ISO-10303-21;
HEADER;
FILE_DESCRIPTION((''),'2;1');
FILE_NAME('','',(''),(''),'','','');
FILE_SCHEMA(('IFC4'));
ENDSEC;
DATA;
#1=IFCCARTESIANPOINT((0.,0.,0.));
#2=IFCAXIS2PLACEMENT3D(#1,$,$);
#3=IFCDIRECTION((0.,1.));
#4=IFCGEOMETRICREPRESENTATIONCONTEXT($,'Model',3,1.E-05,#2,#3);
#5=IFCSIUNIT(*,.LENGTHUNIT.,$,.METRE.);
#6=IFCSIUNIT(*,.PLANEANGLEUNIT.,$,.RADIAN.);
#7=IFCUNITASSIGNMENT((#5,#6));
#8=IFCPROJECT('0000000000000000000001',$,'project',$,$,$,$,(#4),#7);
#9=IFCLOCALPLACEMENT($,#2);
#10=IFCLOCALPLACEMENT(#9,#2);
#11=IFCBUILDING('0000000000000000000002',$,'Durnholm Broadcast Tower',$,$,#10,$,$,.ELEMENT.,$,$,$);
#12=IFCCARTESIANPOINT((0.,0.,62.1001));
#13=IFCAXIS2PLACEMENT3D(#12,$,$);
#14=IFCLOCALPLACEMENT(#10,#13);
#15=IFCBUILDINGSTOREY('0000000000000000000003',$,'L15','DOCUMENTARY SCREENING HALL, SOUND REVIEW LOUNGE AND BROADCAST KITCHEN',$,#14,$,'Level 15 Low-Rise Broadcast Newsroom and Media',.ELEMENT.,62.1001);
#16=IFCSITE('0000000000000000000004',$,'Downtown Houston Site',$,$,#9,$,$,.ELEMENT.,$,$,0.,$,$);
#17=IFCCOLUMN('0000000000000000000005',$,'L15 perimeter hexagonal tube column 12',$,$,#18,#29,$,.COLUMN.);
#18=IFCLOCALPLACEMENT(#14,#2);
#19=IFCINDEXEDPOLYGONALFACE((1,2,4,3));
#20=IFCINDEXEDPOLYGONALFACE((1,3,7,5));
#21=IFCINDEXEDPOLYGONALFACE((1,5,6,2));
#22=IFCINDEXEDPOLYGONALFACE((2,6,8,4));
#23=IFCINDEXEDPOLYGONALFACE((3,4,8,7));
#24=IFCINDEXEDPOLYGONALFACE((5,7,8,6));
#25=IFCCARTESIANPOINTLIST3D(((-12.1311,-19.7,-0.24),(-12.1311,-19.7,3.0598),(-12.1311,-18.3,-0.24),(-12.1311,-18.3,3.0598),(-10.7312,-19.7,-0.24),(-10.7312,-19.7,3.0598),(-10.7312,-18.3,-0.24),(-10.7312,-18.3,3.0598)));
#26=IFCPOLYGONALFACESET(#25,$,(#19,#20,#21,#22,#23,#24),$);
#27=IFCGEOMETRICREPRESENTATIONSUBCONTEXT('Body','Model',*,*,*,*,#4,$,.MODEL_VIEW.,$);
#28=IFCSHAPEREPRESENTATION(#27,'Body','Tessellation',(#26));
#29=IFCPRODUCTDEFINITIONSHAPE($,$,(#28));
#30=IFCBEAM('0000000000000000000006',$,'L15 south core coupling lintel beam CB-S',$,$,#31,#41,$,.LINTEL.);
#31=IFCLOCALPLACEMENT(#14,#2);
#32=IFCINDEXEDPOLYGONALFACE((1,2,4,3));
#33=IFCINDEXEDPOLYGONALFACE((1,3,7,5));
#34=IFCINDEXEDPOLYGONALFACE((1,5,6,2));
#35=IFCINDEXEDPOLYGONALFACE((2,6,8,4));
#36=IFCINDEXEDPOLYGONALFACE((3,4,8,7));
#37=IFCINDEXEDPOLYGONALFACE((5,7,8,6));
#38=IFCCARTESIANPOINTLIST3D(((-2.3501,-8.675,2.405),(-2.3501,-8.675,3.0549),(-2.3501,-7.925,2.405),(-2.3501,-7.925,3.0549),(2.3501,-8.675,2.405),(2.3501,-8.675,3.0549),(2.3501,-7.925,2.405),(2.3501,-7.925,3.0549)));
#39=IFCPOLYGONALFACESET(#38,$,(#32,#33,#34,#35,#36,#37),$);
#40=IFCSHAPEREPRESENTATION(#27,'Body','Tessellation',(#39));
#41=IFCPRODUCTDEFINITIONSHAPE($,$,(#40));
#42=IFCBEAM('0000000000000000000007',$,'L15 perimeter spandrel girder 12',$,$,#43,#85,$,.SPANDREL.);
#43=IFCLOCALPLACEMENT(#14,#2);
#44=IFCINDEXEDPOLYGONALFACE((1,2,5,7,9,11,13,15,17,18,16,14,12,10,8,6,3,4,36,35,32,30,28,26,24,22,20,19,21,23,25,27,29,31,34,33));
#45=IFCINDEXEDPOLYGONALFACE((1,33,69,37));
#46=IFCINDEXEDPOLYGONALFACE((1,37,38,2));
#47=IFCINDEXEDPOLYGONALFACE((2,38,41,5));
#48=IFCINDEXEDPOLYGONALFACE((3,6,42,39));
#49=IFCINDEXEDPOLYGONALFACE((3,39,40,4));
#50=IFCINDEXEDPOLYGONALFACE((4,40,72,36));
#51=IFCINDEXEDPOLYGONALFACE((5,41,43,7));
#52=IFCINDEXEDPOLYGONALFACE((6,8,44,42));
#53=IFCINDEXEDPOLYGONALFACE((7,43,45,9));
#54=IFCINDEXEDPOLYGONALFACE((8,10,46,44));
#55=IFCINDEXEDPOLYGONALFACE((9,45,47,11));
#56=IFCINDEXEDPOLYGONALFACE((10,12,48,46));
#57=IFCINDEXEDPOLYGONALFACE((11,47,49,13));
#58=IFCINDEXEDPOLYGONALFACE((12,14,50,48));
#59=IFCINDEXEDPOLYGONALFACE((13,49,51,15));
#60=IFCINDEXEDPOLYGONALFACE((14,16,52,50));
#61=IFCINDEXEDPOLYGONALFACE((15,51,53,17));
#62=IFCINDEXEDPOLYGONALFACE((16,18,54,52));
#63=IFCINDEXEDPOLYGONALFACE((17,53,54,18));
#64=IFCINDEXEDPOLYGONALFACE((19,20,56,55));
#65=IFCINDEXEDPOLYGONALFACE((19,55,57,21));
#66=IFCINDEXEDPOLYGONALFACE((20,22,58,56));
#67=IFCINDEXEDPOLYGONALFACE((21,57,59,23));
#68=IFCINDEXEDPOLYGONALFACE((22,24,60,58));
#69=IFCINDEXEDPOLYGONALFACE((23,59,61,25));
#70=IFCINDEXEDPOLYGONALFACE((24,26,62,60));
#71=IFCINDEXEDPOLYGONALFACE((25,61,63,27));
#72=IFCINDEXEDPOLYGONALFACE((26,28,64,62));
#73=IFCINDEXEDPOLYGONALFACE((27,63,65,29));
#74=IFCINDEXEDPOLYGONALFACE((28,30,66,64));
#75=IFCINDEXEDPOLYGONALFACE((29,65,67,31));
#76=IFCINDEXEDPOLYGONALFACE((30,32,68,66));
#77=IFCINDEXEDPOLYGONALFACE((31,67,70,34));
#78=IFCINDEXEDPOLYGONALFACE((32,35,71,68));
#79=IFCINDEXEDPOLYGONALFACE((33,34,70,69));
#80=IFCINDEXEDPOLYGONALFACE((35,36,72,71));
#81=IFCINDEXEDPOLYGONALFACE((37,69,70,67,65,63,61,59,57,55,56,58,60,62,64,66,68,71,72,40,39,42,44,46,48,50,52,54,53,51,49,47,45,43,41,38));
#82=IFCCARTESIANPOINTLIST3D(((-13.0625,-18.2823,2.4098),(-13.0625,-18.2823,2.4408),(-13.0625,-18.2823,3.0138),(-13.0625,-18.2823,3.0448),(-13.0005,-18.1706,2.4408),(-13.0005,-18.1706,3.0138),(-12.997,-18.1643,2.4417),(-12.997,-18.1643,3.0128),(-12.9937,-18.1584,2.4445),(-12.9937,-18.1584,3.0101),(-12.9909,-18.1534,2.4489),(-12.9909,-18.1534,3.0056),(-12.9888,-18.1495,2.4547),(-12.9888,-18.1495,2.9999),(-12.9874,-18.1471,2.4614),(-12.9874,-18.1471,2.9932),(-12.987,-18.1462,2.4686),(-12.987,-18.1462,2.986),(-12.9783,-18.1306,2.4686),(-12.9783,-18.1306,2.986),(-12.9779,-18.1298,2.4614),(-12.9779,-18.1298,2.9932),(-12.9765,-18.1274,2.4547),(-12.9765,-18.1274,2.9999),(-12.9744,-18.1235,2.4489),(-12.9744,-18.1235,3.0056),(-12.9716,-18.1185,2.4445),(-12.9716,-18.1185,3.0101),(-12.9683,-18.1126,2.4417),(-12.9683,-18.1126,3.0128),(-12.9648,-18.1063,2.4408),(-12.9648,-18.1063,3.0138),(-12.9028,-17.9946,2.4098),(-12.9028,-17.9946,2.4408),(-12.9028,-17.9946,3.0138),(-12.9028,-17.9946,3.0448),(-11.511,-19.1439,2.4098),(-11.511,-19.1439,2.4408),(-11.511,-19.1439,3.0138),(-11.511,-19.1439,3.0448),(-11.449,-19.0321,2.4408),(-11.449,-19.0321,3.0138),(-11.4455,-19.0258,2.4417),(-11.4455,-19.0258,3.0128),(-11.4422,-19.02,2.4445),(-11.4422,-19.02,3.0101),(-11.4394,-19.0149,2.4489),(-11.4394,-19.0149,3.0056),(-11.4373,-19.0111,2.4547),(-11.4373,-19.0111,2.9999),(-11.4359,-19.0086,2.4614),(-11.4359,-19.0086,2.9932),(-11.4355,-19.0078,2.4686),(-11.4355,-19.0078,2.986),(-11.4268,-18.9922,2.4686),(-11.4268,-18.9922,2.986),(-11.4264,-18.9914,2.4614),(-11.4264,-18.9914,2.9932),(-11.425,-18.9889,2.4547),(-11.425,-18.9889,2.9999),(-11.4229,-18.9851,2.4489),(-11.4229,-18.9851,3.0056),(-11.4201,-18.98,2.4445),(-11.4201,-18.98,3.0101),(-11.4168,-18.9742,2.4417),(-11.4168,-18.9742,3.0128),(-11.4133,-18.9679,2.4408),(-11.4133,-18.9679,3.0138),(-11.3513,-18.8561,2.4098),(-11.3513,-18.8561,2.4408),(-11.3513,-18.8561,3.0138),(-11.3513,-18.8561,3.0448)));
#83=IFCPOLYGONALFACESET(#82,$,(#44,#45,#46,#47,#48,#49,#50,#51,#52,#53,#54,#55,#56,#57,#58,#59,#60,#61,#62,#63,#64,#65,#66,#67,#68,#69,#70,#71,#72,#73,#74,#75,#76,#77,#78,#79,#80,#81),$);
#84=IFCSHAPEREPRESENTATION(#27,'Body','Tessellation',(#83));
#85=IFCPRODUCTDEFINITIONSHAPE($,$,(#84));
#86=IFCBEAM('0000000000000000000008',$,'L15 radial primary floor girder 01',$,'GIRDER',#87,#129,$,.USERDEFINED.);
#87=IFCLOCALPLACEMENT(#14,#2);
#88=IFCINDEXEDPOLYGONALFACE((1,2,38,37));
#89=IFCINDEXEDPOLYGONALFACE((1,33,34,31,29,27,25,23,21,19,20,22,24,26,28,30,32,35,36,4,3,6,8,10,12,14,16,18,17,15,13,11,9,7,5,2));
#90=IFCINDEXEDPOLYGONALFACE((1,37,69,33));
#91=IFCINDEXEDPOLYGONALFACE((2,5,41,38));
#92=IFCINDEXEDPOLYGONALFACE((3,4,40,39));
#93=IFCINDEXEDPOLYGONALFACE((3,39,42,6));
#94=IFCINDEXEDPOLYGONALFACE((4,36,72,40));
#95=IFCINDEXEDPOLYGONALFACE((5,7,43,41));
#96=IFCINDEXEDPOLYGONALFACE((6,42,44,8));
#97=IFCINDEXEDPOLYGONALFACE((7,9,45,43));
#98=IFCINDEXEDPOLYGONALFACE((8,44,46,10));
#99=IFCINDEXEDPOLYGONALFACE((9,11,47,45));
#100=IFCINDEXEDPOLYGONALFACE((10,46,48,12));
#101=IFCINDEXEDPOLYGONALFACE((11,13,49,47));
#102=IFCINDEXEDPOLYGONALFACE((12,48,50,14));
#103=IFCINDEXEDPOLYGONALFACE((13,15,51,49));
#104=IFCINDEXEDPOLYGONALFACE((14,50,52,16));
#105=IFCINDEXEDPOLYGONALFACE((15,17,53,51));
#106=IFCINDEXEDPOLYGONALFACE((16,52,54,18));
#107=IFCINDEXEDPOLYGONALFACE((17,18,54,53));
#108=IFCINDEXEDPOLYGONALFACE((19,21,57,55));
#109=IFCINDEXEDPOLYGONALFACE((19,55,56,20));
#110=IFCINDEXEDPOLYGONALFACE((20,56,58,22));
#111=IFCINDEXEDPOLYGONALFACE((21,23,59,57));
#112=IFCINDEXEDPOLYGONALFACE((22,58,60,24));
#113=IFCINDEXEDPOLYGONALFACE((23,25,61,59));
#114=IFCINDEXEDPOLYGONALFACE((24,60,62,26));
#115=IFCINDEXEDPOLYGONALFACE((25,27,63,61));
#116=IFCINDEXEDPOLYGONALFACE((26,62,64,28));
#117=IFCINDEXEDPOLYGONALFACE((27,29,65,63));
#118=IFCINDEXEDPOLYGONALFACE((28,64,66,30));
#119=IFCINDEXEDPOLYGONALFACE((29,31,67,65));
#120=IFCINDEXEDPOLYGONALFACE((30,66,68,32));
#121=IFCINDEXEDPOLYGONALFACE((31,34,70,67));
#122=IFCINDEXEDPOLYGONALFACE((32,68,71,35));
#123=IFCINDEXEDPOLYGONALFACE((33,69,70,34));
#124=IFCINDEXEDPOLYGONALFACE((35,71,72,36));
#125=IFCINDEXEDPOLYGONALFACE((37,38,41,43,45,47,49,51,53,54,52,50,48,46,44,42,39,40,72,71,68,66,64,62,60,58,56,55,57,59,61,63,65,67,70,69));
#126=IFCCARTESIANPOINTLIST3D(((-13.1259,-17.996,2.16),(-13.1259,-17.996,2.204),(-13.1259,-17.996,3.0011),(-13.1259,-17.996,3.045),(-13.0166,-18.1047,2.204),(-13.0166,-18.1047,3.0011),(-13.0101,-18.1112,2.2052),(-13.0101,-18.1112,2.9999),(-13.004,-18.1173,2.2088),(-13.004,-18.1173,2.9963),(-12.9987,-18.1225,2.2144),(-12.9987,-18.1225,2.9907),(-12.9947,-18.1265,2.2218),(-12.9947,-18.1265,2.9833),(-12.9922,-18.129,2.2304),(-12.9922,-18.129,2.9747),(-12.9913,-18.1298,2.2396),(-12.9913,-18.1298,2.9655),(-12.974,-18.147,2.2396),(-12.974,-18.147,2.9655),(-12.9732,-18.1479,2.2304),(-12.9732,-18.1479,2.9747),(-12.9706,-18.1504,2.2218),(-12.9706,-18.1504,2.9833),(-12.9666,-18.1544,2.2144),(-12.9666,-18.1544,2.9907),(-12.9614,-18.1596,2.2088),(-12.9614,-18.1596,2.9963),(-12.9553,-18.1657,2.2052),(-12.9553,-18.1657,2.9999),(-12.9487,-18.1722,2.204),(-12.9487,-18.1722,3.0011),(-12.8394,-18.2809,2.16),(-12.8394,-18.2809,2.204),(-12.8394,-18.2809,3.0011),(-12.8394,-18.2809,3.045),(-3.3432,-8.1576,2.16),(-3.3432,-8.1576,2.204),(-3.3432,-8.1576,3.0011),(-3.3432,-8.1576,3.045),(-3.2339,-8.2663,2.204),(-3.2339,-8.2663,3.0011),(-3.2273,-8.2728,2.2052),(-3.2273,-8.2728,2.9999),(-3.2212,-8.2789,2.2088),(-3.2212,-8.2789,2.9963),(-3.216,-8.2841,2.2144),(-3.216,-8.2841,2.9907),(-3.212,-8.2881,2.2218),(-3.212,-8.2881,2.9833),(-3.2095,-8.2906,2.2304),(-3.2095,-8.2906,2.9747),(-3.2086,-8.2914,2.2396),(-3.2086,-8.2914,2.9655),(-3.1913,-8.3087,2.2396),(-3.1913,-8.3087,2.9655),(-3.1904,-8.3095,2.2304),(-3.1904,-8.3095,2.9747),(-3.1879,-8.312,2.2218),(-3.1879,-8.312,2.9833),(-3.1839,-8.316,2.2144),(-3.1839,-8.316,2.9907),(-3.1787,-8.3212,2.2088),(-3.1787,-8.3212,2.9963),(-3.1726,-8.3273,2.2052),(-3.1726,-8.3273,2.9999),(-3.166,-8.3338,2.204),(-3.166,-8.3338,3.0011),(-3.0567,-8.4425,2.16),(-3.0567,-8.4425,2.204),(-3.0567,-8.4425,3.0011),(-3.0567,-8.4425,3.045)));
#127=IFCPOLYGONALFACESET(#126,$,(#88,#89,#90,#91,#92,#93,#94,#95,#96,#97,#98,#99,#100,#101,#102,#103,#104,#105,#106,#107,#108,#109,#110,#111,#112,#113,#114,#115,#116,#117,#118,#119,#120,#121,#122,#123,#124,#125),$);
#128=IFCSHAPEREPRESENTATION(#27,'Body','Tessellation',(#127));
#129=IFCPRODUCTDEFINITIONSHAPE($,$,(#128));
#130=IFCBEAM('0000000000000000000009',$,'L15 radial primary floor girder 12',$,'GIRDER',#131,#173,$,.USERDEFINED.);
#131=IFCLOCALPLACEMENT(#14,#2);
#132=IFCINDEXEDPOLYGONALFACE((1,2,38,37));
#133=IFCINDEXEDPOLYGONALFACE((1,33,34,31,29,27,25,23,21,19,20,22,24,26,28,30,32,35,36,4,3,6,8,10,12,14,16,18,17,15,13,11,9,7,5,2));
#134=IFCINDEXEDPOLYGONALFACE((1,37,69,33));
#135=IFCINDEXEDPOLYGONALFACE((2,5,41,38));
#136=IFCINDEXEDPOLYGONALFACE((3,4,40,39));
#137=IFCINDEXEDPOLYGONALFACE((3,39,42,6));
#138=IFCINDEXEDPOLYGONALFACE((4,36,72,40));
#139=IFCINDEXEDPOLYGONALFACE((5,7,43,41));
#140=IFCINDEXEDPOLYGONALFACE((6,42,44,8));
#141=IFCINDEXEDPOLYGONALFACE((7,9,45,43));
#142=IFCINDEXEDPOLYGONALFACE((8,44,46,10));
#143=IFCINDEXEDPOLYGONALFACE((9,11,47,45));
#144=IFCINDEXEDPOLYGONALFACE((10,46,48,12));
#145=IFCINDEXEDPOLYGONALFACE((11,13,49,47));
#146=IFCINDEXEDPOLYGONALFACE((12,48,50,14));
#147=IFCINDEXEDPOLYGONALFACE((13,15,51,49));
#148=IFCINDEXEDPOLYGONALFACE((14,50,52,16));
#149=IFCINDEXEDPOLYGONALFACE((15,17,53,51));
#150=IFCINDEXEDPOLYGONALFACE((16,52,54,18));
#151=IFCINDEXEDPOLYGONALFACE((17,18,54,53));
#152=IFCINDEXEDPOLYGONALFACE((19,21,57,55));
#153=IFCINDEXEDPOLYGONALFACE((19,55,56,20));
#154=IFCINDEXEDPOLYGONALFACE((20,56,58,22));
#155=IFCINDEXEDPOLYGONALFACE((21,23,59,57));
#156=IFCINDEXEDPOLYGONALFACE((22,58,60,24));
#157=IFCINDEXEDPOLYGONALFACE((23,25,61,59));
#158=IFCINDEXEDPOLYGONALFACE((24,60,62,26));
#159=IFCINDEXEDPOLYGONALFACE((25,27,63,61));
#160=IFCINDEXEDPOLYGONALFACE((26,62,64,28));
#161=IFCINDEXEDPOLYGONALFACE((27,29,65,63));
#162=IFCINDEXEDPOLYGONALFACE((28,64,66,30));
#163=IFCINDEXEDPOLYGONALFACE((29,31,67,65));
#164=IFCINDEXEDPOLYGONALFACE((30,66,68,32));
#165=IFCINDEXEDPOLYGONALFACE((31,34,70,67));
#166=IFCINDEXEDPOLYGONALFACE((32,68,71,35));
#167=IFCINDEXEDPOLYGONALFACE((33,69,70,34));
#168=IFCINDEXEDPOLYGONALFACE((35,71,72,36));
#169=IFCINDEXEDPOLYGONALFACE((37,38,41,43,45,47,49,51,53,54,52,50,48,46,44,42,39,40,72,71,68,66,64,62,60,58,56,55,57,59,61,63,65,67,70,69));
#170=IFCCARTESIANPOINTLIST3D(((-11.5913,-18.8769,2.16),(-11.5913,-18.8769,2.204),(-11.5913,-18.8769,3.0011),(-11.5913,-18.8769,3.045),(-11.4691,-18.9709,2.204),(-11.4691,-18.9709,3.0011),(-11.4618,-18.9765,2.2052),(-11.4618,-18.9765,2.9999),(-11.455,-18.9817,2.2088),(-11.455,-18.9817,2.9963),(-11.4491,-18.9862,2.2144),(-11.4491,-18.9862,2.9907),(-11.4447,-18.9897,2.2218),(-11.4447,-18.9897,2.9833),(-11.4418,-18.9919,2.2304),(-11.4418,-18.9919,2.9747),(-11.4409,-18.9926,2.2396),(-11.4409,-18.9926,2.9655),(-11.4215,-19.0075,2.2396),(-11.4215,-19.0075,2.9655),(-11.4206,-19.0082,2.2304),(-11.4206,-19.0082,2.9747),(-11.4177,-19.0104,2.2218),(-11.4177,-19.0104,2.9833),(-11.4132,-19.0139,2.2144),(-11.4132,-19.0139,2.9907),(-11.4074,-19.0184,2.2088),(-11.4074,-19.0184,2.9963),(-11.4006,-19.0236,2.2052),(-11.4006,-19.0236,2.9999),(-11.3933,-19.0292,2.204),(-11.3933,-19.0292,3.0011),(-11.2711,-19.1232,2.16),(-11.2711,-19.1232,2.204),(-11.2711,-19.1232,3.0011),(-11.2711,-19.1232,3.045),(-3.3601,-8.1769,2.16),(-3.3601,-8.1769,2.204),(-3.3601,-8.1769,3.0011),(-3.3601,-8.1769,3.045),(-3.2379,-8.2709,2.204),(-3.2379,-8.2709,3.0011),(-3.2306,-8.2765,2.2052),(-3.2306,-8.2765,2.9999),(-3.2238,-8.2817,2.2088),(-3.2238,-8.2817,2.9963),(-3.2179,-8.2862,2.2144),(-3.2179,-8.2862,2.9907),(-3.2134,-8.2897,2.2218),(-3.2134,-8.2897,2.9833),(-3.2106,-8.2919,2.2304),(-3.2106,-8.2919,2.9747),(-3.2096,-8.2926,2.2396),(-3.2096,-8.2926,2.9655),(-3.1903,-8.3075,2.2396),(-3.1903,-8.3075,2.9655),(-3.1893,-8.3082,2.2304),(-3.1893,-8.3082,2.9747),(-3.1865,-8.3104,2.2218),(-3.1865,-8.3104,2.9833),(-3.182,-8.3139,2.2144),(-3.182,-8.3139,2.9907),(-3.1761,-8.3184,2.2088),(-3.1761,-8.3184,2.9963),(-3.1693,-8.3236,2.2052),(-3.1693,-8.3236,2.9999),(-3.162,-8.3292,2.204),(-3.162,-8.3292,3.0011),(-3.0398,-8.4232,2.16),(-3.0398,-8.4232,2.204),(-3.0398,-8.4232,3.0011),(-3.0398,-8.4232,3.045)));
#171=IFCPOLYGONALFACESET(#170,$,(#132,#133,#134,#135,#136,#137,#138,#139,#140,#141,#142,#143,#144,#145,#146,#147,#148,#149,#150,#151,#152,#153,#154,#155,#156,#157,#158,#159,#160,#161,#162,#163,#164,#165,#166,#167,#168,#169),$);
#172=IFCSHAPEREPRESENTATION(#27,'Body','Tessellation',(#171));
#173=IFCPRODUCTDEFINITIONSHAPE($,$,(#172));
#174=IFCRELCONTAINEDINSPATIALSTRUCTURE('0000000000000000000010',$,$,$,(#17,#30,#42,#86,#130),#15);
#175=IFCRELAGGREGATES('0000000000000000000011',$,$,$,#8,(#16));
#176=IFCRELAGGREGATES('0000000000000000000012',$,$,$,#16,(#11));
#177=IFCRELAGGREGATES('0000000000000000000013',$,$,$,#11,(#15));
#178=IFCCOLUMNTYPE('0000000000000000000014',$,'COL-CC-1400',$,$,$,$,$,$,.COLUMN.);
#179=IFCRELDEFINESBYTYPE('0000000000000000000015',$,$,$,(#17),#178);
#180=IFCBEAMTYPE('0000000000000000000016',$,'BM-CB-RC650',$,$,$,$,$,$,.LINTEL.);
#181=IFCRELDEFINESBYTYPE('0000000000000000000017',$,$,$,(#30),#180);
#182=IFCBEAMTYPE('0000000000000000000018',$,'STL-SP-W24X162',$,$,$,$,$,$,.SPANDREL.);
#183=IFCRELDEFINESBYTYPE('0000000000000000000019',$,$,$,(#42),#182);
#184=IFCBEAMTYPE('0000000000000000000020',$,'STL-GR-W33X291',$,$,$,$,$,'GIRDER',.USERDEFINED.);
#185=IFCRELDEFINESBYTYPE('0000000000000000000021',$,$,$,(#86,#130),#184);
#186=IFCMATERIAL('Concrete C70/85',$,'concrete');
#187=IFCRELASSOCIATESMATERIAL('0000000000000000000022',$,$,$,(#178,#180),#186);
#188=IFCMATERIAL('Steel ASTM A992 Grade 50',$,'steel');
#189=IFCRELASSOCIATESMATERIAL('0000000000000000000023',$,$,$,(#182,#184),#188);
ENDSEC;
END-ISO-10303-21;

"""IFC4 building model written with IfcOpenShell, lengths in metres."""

from ifc_helpers import new_model, si_unit, direction, frame, origin, origin_2d, place, context, subcontext, project, spatial, rectangle, i_section, extrude, source, transform, mapped, material, material_profile, profile_set, type_object, type_shapes, element, save


model = new_model("IFC4")

# Units and contexts
model_context = context("Model", 3, precision=1e-05, world=origin(), true_north=direction((0.0, 1.0)))
body_context = subcontext(model_context, "Body", "Model", "MODEL_VIEW")
ifc_project = project(units=[si_unit("LENGTHUNIT", "METRE"), si_unit("PLANEANGLEUNIT", "RADIAN")], contexts=[model_context])

# Site, building, storey
site_placement = place(None, origin())
site = spatial("IfcSite", under=ifc_project, at=site_placement, Name="Downtown Houston Site", CompositionType="ELEMENT", RefElevation=0.0)
building_placement = place(site_placement, origin())
building = spatial("IfcBuilding", under=site, at=building_placement, Name="Durnholm Broadcast Tower", CompositionType="ELEMENT")
storey_placement = place(building_placement, frame((0.0, 0.0, 62.1001)))
storey = spatial("IfcBuildingStorey", under=building, at=storey_placement, Name="L15", Description="DOCUMENTARY SCREENING HALL, SOUND REVIEW LOUNGE AND BROADCAST KITCHEN", LongName="Level 15 Low-Rise Broadcast Newsroom and Media", CompositionType="ELEMENT", Elevation=62.1001)

# Column
ifc_material_1 = material(Name="Concrete C70/85", Category="concrete")
ifc_material_profile_1 = material_profile(ifc_material_1, rectangle(XDim=1.3999, YDim=1.3999, at=origin_2d()), Name="RC1400X1400")
ifc_profile_set_1 = profile_set([ifc_material_profile_1], Name="Concrete C70/85")
column_type = type_object("IfcColumnType", Name="COL-CC-1400", PredefinedType="COLUMN", material=ifc_profile_set_1)
shared_shape_1 = source(origin(), body_context, "Body", "SweptSolid", [
    extrude(rectangle(XDim=1.3999, YDim=1.3999, at=origin_2d()), origin(), (0.0, 0.0, 1.0), 3.2998),
])
type_shapes(column_type, [shared_shape_1])
column_placement = place(storey_placement, frame((-11.4312, -19.0, -0.24), z_axis=(0.0, 0.0, 1.0), x_axis=(1.0, 0.0, 0.0)))
element("IfcColumn", 1, at=column_placement, inside=storey, type_object=column_type, Name="L15 perimeter hexagonal tube column 12", PredefinedType="COLUMN", context=body_context, shape_type="MappedRepresentation", body=[
    mapped(shared_shape_1, transform((0.0, 0.0, 0.0), x_axis=(1.0, 0.0, 0.0), y_axis=(0.0, 1.0, 0.0), z_axis=(0.0, 0.0, 1.0), scale=1.0)),
])

# Beams
ifc_material_profile_2 = material_profile(ifc_material_1, rectangle(XDim=0.75, YDim=0.6499, at=origin_2d()), Name="RC750X650")
ifc_profile_set_2 = profile_set([ifc_material_profile_2], Name="Concrete C70/85")
beam_type_1 = type_object("IfcBeamType", Name="BM-CB-RC650", PredefinedType="LINTEL", material=ifc_profile_set_2)
shared_shape_2 = source(origin(), body_context, "Body", "SweptSolid", [
    extrude(rectangle(XDim=0.75, YDim=0.6499, at=origin_2d()), origin(), (0.0, 0.0, 1.0), 4.7002),
])
type_shapes(beam_type_1, [shared_shape_2])
beam_1_placement = place(storey_placement, frame((-2.3501, -8.3, 2.73), z_axis=(1.0, 0.0, 0.0), x_axis=(0.0, 1.0, 0.0)))
element("IfcBeam", 2, at=beam_1_placement, inside=storey, type_object=beam_type_1, Name="L15 south core coupling lintel beam CB-S", PredefinedType="LINTEL", context=body_context, shape_type="MappedRepresentation", body=[
    mapped(shared_shape_2, transform((0.0, 0.0, 0.0), x_axis=(1.0, 0.0, 0.0), y_axis=(0.0, 1.0, 0.0), z_axis=(0.0, 0.0, 1.0), scale=1.0)),
])
ifc_material_2 = material(Name="Steel ASTM A992 Grade 50", Category="steel")
ifc_material_profile_3 = material_profile(ifc_material_2, i_section(OverallWidth=0.3291, OverallDepth=0.635, WebThickness=0.0178, FlangeThickness=0.031, FilletRadius=0.0278, at=origin_2d()), Name="W24X162")
ifc_profile_set_3 = profile_set([ifc_material_profile_3], Name="Steel ASTM A992 Grade 50")
beam_type_2 = type_object("IfcBeamType", Name="STL-SP-W24X162", PredefinedType="SPANDREL", material=ifc_profile_set_3)
shared_shape_3 = source(origin(), body_context, "Body", "SweptSolid", [
    extrude(i_section(OverallWidth=0.3291, OverallDepth=0.635, WebThickness=0.0178, FlangeThickness=0.031, FilletRadius=0.0278, at=origin_2d()), origin(), (0.0, 0.0, 1.0), 1.7747),
])
type_shapes(beam_type_2, [shared_shape_3])
beam_2_placement = place(storey_placement, frame((-11.4312, -19.0, 2.7273), z_axis=(-0.874248, 0.485479, 0.0), x_axis=(-0.485479, -0.874248, 0.0)))
element("IfcBeam", 3, at=beam_2_placement, inside=storey, type_object=beam_type_2, Name="L15 perimeter spandrel girder 12", PredefinedType="SPANDREL", context=body_context, shape_type="MappedRepresentation", body=[
    mapped(shared_shape_3, transform((0.0, 0.0, 0.0), x_axis=(1.0, 0.0, 0.0), y_axis=(0.0, 1.0, 0.0), z_axis=(0.0, 0.0, 1.0), scale=1.0)),
])
ifc_material_profile_4 = material_profile(ifc_material_2, i_section(OverallWidth=0.4041, OverallDepth=0.885, WebThickness=0.0244, FlangeThickness=0.0439, FilletRadius=0.0356, at=origin_2d()), Name="W33X291")
ifc_profile_set_4 = profile_set([ifc_material_profile_4], Name="Steel ASTM A992 Grade 50")
beam_type_3 = type_object("IfcBeamType", Name="STL-GR-W33X291", ElementType="GIRDER", PredefinedType="USERDEFINED", material=ifc_profile_set_4)
shared_shape_4 = source(origin(), body_context, "Body", "SweptSolid", [
    extrude(i_section(OverallWidth=0.4041, OverallDepth=0.885, WebThickness=0.0244, FlangeThickness=0.0439, FilletRadius=0.0356, at=origin_2d()), origin(), (0.0, 0.0, 1.0), 13.8743),
])
beam_3_placement = place(storey_placement, frame((-3.2, -8.3, 2.6025), z_axis=(-0.705098, -0.70911, 0.0), x_axis=(0.70911, -0.705098, 0.0)))
element("IfcBeam", 4, at=beam_3_placement, inside=storey, type_object=beam_type_3, Name="L15 radial primary floor girder 01", ObjectType="GIRDER", PredefinedType="USERDEFINED", context=body_context, shape_type="MappedRepresentation", body=[
    mapped(shared_shape_4, transform((0.0, 0.0, 0.0), x_axis=(1.0, 0.0, 0.0), y_axis=(0.0, 1.0, 0.0), z_axis=(0.0, 0.0, 1.0), scale=1.0)),
])
shared_shape_5 = source(origin(), body_context, "Body", "SweptSolid", [
    extrude(i_section(OverallWidth=0.4041, OverallDepth=0.885, WebThickness=0.0244, FlangeThickness=0.0439, FilletRadius=0.0356, at=origin_2d()), origin(), (0.0, 0.0, 1.0), 13.4998),
])
type_shapes(beam_type_3, [shared_shape_4, shared_shape_5])
beam_4_placement = place(storey_placement, frame((-3.2, -8.3, 2.6025), z_axis=(-0.609733, -0.792607, 0.0), x_axis=(0.792607, -0.609733, 0.0)))
element("IfcBeam", 5, at=beam_4_placement, inside=storey, type_object=beam_type_3, Name="L15 radial primary floor girder 12", ObjectType="GIRDER", PredefinedType="USERDEFINED", context=body_context, shape_type="MappedRepresentation", body=[
    mapped(shared_shape_5, transform((0.0, 0.0, 0.0), x_axis=(1.0, 0.0, 0.0), y_axis=(0.0, 1.0, 0.0), z_axis=(0.0, 0.0, 1.0), scale=1.0)),
])

save(model, "model.ifc")
